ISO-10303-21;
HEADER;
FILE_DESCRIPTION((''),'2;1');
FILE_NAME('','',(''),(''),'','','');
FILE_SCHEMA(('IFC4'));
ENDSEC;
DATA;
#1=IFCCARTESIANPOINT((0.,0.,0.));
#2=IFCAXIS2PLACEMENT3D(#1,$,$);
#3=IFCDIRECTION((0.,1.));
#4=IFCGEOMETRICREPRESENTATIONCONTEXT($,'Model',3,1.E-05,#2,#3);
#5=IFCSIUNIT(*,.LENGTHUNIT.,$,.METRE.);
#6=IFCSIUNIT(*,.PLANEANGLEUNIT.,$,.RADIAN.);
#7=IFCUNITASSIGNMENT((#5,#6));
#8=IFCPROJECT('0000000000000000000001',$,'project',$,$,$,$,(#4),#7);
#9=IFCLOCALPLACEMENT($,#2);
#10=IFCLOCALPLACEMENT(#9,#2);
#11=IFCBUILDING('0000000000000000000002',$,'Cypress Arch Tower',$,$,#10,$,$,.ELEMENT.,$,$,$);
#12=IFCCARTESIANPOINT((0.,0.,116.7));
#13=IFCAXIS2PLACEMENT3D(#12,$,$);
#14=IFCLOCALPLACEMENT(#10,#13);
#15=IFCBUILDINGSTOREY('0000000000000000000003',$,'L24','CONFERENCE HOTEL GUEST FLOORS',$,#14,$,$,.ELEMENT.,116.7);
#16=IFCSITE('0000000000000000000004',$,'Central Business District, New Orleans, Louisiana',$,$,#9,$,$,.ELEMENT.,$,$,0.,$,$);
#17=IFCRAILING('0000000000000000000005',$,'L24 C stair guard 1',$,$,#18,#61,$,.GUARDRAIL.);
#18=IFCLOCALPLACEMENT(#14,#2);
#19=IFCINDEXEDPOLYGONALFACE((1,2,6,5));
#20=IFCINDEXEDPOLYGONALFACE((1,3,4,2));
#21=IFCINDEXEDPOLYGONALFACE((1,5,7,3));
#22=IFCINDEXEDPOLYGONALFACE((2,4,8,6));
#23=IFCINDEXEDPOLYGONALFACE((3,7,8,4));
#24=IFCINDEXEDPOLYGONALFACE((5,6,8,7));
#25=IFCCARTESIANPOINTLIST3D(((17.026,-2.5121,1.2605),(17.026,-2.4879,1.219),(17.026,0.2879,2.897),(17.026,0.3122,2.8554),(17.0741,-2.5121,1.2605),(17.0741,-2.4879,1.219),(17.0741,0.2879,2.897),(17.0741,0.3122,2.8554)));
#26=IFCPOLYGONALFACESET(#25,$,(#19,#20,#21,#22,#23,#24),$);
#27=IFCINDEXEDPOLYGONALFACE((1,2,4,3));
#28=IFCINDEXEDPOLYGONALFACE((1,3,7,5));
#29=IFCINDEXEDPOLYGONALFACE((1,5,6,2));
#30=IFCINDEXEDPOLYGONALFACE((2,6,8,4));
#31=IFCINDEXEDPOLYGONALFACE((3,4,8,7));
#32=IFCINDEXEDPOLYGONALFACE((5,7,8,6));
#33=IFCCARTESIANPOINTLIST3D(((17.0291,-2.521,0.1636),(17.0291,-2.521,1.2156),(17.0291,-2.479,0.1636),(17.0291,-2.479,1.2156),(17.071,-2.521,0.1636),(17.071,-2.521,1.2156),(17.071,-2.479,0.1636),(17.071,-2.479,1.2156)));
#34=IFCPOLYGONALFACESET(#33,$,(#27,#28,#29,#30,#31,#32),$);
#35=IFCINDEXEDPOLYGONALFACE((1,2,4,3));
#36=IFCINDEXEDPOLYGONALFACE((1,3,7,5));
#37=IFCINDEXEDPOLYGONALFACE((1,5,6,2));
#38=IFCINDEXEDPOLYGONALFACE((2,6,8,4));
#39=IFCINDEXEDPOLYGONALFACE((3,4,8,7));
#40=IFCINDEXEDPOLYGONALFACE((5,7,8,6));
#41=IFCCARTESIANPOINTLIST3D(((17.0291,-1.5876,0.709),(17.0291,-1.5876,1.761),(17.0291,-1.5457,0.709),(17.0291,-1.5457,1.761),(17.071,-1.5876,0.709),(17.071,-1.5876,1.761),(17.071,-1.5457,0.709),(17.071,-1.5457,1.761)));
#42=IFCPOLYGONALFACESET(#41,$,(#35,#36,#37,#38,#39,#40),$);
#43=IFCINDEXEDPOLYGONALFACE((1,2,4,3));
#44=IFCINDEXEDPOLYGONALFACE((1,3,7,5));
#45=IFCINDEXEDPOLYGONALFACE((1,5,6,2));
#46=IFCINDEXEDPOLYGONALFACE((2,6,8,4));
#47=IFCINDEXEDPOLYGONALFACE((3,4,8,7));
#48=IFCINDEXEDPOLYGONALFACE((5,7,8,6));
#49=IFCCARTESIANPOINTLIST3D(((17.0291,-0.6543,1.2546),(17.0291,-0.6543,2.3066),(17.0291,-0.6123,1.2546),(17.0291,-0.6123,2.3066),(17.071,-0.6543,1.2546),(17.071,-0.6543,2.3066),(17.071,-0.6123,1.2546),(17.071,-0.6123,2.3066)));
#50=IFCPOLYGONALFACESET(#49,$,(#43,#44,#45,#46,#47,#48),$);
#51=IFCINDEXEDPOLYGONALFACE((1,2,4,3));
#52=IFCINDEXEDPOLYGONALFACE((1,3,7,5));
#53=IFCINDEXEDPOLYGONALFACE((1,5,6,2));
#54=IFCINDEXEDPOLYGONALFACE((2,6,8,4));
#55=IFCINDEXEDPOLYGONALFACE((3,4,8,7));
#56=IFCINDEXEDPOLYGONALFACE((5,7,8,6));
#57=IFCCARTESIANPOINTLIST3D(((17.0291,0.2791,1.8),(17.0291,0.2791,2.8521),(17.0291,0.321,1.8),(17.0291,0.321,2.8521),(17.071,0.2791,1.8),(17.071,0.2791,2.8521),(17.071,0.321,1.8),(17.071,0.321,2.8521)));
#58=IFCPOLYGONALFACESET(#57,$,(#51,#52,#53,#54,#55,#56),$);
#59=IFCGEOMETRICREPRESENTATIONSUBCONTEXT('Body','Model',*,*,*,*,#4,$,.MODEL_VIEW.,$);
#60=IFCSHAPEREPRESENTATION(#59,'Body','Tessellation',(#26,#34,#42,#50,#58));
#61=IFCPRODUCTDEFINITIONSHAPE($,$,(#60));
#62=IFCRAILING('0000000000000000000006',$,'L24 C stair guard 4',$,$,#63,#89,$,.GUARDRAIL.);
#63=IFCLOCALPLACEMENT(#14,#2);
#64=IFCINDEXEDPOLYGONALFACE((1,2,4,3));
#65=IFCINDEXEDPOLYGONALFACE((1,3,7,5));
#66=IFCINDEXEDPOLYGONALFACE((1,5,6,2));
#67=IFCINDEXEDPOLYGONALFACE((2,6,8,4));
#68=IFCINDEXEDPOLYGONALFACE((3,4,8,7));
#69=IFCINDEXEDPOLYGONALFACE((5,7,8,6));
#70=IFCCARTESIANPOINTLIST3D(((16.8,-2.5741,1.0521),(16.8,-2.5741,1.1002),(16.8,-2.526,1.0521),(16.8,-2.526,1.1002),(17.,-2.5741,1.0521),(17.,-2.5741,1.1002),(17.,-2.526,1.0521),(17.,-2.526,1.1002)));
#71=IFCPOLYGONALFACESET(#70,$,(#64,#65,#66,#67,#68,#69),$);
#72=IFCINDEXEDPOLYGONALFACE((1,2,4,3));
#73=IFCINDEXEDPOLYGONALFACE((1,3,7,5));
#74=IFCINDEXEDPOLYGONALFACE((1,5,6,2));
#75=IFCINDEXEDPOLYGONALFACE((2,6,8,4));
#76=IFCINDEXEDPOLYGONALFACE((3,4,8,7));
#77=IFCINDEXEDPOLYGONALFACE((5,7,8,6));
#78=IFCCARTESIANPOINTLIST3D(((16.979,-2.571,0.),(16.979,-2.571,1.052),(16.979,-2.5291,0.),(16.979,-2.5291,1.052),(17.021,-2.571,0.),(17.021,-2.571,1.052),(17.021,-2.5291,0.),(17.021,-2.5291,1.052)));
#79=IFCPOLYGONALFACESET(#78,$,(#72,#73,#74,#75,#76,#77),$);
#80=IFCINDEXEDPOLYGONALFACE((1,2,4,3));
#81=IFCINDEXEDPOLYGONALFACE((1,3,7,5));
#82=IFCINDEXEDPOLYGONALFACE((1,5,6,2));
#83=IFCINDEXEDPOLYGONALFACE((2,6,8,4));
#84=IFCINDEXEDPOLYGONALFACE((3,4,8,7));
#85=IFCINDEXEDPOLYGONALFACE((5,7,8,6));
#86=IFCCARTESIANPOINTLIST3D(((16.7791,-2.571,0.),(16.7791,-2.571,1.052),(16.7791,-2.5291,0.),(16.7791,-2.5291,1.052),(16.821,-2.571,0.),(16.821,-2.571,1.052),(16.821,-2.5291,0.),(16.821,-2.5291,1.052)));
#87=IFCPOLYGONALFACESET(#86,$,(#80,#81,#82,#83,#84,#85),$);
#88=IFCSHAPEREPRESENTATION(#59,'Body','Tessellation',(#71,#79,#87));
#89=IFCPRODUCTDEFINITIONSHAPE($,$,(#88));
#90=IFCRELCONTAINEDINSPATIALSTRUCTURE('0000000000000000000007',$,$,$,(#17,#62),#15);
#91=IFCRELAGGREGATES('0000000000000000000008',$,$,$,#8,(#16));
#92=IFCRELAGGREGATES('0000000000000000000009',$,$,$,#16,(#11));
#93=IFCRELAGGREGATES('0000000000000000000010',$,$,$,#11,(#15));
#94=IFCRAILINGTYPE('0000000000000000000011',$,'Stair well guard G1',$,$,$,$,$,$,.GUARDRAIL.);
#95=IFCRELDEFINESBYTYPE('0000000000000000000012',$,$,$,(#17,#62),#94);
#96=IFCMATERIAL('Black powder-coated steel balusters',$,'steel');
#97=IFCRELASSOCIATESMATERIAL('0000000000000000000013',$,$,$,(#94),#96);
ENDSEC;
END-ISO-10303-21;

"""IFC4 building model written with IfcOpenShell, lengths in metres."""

from ifc_helpers import new_model, si_unit, direction, frame, origin, origin_2d, place, context, subcontext, project, spatial, rectangle, extrude, material, type_object, element, save


model = new_model("IFC4")

# Units and contexts
model_context = context("Model", 3, precision=1e-05, world=origin(), true_north=direction((0.0, 1.0)))
body_context = subcontext(model_context, "Body", "Model", "MODEL_VIEW")
ifc_project = project(units=[si_unit("LENGTHUNIT", "METRE"), si_unit("PLANEANGLEUNIT", "RADIAN")], contexts=[model_context])

# Site, building, storey
site_placement = place(None, origin())
site = spatial("IfcSite", under=ifc_project, at=site_placement, Name="Central Business District, New Orleans, Louisiana", CompositionType="ELEMENT", RefElevation=0.0)
building_placement = place(site_placement, origin())
building = spatial("IfcBuilding", under=site, at=building_placement, Name="Cypress Arch Tower", CompositionType="ELEMENT")
storey_placement = place(building_placement, frame((0.0, 0.0, 116.7)))
storey = spatial("IfcBuildingStorey", under=building, at=storey_placement, Name="L24", Description="CONFERENCE HOTEL GUEST FLOORS", CompositionType="ELEMENT", Elevation=116.7)

# Railings
ifc_material_1 = material(Name="Black powder-coated steel balusters", Category="steel")
railing_type_1 = type_object("IfcRailingType", Name="Stair well guard G1", PredefinedType="GUARDRAIL", material=ifc_material_1)
railing_1_placement = place(storey_placement, frame((17.05, -2.5, 0.1636)))
element("IfcRailing", 1, at=railing_1_placement, inside=storey, type_object=railing_type_1, Name="L24 C stair guard 1", PredefinedType="GUARDRAIL", context=body_context, shape_type="SweptSolid", body=[
    extrude(rectangle(XDim=0.0481, YDim=0.0481, at=origin_2d()), frame((0.0, 0.0, 1.0762), z_axis=(0.0, 0.863361, 0.504587), x_axis=(-1.0, 0.0, 0.0)), (0.0, 0.0, 1.0), 3.2432),
    extrude(rectangle(XDim=0.042, YDim=0.042, at=origin_2d()), origin(), (0.0, 0.0, 1.0), 1.052),
    extrude(rectangle(XDim=0.042, YDim=0.042, at=origin_2d()), frame((0.0, 0.9333, 0.5454)), (0.0, 0.0, 1.0), 1.052),
    extrude(rectangle(XDim=0.042, YDim=0.042, at=origin_2d()), frame((0.0, 1.8667, 1.0911)), (0.0, 0.0, 1.0), 1.052),
    extrude(rectangle(XDim=0.042, YDim=0.042, at=origin_2d()), frame((0.0, 2.8, 1.6365)), (0.0, 0.0, 1.0), 1.052),
])
railing_2_placement = place(storey_placement, frame((17.0, -2.55, 0.0)))
element("IfcRailing", 2, at=railing_2_placement, inside=storey, type_object=railing_type_1, Name="L24 C stair guard 4", PredefinedType="GUARDRAIL", context=body_context, shape_type="SweptSolid", body=[
    extrude(rectangle(XDim=0.0481, YDim=0.0481, at=origin_2d()), frame((0.0, 0.0, 1.0762), z_axis=(-1.0, 0.0, 0.0), x_axis=(0.0, -1.0, 0.0)), (0.0, 0.0, 1.0), 0.2),
    extrude(rectangle(XDim=0.042, YDim=0.042, at=origin_2d()), origin(), (0.0, 0.0, 1.0), 1.052),
    extrude(rectangle(XDim=0.042, YDim=0.042, at=origin_2d()), frame((-0.2, 0.0, 0.0)), (0.0, 0.0, 1.0), 1.052),
])

save(model, "model.ifc")
